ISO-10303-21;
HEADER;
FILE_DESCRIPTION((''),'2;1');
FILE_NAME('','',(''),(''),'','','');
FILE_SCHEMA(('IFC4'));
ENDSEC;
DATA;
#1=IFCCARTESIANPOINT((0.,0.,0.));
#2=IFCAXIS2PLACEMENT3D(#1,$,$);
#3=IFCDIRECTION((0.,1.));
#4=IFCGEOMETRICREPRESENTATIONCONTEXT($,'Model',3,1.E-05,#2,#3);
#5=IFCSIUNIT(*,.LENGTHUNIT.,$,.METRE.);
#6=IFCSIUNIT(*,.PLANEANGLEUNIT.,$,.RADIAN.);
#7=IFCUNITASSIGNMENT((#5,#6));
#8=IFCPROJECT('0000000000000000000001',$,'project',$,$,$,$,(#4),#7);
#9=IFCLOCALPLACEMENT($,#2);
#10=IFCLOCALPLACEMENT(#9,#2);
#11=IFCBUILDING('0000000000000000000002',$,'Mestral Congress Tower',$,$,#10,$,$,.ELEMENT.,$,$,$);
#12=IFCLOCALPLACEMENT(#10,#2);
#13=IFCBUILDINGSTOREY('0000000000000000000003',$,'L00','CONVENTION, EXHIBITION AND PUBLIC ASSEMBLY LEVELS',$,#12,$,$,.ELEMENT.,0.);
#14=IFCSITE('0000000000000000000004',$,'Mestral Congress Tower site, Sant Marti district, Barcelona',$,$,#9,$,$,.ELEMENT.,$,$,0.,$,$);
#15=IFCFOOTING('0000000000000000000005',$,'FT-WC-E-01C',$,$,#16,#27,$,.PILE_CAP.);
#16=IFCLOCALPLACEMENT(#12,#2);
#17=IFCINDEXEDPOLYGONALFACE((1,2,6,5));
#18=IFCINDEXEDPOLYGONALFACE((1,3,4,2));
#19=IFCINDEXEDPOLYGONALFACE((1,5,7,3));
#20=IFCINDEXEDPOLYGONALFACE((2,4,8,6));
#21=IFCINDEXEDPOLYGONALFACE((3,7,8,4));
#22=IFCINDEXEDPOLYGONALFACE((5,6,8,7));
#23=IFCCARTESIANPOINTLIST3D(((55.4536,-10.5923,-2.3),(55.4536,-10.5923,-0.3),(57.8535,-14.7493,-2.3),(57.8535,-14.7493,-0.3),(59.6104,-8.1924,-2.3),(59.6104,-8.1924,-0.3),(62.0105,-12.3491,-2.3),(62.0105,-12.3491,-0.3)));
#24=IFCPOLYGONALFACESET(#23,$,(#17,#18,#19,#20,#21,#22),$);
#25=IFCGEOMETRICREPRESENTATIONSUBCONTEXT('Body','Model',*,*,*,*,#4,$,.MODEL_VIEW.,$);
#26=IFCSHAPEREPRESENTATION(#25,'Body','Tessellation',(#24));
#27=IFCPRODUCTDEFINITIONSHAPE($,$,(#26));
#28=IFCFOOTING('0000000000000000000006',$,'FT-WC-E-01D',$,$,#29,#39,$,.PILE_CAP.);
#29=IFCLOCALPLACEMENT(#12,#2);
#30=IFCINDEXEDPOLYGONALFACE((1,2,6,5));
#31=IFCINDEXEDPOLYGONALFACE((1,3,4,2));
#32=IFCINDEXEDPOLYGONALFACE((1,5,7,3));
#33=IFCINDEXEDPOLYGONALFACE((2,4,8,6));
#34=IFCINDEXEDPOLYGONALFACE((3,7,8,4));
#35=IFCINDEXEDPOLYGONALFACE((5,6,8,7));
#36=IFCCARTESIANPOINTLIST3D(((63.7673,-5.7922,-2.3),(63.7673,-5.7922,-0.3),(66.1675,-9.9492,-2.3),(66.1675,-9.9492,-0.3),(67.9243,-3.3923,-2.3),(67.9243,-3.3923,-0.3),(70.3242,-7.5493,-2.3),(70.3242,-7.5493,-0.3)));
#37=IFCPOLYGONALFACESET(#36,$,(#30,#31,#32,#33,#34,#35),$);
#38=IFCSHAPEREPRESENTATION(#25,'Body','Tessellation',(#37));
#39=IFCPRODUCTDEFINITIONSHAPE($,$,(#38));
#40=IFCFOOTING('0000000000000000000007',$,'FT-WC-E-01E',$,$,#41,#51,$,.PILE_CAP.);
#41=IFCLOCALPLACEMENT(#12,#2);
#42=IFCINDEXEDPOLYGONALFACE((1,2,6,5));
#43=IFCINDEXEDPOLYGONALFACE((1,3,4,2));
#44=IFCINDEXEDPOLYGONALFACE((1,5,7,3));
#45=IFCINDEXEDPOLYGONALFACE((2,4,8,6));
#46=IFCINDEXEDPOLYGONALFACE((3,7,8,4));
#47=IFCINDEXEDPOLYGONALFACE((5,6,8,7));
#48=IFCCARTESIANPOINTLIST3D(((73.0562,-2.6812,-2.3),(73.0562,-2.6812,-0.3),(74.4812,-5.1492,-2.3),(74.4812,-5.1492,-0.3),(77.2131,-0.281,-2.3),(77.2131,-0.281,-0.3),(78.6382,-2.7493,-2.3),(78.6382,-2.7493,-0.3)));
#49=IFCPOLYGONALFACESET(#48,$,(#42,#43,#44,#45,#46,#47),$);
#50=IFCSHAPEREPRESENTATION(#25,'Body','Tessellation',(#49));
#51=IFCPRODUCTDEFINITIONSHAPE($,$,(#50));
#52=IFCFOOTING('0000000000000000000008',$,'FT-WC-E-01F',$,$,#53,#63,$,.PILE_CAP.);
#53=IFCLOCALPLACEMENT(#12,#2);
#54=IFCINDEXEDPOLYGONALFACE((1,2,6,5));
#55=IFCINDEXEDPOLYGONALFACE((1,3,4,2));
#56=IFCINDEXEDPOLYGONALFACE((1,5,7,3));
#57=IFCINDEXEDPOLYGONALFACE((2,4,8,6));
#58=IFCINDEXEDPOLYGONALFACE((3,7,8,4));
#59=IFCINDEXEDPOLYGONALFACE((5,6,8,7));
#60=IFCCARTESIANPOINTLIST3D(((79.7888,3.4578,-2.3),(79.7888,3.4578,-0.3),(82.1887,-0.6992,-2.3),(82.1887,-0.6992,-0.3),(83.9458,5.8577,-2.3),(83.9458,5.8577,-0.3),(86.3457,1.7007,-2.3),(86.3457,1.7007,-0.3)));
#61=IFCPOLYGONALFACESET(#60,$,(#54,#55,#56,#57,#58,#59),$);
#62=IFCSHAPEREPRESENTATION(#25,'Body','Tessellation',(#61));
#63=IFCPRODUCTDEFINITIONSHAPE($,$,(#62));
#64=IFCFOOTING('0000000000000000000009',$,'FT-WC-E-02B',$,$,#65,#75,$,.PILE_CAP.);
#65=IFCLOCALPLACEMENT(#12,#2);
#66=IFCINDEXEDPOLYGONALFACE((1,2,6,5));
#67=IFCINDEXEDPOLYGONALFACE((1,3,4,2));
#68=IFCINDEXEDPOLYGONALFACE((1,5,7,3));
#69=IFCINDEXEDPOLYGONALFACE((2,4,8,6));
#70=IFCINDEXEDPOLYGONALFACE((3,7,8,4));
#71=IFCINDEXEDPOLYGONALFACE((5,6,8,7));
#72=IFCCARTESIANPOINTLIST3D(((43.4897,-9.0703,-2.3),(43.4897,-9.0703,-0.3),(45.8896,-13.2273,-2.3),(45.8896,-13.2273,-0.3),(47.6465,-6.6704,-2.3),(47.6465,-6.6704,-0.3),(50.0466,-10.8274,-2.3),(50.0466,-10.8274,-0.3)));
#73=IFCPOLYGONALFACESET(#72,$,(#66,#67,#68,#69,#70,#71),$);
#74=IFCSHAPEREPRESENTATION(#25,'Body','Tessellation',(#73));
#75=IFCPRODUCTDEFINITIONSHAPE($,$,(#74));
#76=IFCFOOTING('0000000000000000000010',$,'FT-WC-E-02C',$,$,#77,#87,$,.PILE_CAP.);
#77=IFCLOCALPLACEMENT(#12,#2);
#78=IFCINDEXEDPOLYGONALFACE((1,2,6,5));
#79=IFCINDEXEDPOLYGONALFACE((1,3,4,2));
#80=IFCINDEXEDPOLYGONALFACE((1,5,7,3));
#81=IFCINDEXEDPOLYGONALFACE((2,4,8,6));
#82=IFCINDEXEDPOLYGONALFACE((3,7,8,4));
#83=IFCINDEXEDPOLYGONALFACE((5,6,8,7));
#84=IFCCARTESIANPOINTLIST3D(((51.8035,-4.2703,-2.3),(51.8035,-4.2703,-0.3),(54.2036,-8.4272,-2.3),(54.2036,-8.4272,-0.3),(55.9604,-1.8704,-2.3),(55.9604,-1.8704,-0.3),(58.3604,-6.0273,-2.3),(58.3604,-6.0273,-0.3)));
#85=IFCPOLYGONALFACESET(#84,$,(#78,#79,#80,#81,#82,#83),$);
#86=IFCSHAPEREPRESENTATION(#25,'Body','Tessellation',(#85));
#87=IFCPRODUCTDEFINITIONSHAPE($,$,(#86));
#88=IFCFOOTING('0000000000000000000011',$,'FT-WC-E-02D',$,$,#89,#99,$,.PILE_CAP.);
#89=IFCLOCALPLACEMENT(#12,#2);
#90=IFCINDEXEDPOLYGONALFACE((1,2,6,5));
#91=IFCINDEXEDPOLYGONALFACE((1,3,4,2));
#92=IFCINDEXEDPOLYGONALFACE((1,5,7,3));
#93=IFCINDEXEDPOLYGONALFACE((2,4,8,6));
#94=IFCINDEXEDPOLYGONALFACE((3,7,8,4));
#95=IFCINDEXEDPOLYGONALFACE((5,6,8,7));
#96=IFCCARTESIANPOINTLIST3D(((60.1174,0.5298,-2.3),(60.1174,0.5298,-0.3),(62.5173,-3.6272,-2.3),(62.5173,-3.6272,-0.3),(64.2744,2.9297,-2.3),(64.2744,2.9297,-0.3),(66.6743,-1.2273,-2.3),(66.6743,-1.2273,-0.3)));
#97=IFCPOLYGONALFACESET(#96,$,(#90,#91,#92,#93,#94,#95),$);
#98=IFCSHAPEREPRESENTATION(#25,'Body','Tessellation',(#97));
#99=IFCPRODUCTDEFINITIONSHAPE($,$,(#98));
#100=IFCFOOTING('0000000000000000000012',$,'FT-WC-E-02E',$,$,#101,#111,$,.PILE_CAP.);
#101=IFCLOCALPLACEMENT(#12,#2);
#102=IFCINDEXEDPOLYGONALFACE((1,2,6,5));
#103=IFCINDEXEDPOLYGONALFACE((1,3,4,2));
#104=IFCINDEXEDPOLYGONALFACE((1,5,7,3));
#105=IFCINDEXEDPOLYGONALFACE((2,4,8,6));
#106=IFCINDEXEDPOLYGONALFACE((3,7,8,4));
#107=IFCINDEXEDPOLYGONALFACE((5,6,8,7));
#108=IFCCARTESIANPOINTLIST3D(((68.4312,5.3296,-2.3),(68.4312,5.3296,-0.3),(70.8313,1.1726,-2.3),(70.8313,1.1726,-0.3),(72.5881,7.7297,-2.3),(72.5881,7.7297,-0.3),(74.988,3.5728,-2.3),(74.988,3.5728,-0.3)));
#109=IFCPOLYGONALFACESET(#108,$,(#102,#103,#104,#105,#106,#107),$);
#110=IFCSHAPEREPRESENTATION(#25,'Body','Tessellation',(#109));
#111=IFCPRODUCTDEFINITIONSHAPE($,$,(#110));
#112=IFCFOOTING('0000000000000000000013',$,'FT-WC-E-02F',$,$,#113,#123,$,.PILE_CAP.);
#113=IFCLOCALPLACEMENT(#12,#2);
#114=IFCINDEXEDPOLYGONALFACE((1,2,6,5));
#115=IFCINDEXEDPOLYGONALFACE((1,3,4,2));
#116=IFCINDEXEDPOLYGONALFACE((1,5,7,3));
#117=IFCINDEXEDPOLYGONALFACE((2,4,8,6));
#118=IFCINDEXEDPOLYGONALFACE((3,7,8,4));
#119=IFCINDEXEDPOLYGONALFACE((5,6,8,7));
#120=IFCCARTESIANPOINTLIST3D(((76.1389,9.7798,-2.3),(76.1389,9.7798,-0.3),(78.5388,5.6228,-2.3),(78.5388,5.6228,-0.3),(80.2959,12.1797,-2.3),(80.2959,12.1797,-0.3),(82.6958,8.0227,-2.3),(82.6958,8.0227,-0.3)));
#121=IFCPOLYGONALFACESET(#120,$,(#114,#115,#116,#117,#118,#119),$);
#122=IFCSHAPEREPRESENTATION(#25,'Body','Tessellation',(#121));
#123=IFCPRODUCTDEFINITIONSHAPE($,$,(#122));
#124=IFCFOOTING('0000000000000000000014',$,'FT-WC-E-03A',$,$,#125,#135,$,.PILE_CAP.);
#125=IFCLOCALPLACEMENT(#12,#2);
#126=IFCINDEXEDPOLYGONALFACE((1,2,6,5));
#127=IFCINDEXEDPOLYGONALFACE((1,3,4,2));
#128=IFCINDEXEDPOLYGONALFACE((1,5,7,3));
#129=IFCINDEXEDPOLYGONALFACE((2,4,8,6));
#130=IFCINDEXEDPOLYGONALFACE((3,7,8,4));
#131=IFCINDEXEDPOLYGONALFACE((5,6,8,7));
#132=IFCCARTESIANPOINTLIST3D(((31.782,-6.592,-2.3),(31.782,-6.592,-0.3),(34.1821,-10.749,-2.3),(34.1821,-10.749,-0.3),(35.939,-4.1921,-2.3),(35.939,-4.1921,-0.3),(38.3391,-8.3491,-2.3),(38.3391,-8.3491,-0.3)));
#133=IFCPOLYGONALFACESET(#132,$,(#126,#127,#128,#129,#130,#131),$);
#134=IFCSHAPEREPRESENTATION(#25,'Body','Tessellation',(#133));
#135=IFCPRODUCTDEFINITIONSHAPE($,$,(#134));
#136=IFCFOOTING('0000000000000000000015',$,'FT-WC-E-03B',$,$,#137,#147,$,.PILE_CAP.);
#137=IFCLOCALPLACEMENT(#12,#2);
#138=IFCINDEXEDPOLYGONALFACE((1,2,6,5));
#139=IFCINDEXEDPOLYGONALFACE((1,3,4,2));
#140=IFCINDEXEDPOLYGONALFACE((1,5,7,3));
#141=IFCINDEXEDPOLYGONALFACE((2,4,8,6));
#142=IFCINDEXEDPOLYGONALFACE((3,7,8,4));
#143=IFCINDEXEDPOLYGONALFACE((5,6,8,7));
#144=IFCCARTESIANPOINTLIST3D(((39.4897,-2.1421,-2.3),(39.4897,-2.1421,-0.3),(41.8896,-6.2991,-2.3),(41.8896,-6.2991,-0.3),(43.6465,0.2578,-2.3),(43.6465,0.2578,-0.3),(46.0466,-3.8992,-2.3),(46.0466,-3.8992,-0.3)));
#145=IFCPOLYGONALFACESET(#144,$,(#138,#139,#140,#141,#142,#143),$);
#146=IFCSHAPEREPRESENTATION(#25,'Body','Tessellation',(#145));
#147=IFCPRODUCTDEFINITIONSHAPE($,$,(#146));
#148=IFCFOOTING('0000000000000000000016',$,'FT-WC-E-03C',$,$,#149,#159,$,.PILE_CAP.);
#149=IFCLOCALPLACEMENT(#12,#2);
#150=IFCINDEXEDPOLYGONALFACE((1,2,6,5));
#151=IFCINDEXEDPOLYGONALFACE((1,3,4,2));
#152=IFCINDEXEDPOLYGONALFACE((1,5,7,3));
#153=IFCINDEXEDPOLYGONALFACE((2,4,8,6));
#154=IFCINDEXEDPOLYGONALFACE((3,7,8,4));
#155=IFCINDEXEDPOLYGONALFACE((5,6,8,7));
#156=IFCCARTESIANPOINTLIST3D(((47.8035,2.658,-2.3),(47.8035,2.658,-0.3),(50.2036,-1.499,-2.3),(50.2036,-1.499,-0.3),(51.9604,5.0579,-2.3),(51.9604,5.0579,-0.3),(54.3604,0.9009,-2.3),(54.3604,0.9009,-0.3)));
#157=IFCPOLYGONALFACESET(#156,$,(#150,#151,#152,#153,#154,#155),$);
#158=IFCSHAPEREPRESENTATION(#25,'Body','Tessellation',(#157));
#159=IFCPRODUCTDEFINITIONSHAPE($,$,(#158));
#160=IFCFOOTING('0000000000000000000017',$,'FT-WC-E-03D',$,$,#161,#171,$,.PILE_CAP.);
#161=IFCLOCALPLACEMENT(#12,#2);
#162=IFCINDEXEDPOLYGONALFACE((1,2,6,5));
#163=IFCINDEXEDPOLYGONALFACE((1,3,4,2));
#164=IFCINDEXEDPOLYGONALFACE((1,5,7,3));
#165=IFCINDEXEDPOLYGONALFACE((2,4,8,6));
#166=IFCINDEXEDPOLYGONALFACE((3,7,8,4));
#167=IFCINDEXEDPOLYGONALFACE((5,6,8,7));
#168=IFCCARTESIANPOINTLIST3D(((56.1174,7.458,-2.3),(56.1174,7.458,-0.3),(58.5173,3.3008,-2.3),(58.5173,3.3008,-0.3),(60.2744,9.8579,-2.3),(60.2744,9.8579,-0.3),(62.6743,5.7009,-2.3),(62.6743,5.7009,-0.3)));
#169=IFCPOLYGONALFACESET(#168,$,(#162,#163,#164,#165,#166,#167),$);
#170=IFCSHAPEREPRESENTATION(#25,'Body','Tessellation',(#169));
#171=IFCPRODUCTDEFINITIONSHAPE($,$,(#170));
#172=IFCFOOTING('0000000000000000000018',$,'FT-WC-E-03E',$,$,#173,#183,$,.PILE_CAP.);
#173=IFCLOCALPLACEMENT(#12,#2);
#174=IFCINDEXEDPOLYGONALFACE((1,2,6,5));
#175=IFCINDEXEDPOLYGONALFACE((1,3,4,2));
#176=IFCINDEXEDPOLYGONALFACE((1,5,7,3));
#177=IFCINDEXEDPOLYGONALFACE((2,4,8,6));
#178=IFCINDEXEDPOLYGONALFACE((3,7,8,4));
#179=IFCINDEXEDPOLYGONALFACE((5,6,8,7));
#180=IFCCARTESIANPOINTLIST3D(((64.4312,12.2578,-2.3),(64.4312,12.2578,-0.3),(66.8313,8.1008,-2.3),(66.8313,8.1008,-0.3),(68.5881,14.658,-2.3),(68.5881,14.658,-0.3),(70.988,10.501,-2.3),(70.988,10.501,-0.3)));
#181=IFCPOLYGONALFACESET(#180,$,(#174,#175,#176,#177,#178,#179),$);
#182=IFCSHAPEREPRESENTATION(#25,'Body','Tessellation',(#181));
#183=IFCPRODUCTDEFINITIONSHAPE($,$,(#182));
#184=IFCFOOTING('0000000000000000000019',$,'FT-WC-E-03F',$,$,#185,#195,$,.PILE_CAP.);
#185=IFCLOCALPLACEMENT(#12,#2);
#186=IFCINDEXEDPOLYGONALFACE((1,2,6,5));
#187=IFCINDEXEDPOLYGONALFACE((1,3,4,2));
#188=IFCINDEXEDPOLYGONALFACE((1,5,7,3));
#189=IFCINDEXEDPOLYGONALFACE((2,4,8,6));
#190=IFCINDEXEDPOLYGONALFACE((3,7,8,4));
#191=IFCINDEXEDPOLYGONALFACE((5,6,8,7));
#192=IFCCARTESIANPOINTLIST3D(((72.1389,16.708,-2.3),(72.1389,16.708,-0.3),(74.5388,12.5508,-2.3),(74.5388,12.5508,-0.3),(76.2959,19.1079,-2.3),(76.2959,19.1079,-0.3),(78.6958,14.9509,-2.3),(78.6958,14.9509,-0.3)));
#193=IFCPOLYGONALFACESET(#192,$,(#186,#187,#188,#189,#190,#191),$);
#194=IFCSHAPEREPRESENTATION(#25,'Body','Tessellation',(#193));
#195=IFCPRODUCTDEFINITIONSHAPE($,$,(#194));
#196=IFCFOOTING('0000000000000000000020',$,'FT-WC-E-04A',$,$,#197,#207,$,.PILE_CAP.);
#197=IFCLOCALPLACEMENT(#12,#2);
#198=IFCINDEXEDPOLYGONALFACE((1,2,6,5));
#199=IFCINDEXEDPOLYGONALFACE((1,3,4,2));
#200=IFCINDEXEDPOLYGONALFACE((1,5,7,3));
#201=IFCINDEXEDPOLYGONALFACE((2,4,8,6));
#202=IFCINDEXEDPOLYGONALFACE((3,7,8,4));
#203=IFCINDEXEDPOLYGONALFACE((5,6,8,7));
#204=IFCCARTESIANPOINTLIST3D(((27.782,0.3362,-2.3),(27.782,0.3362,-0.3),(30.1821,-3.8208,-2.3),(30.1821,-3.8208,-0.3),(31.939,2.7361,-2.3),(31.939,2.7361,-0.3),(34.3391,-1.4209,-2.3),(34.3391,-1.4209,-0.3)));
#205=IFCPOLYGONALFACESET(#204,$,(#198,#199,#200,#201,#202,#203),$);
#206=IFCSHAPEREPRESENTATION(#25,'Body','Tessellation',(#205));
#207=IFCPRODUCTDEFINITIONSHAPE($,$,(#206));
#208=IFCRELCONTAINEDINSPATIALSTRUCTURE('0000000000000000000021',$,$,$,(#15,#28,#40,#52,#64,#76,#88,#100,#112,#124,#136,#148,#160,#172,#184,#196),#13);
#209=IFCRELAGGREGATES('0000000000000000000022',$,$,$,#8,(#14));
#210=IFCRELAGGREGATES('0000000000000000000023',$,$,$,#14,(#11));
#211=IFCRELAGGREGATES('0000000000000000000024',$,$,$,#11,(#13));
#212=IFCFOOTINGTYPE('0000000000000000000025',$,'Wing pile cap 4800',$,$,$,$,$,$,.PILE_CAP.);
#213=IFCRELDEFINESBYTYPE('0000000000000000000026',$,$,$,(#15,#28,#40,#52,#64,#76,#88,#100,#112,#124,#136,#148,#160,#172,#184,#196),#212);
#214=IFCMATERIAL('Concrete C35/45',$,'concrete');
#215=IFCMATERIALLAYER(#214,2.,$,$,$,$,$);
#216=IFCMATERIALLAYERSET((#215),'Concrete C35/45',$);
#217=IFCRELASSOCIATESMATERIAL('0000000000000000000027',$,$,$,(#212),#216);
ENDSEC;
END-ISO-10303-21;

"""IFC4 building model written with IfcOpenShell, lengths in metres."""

from ifc_helpers import new_model, si_unit, direction, frame, origin, place, context, subcontext, project, spatial, polyline, outline, extrude, material, layer, layer_set, type_object, element, save


model = new_model("IFC4")

# Units and contexts
model_context = context("Model", 3, precision=1e-05, world=origin(), true_north=direction((0.0, 1.0)))
body_context = subcontext(model_context, "Body", "Model", "MODEL_VIEW")
ifc_project = project(units=[si_unit("LENGTHUNIT", "METRE"), si_unit("PLANEANGLEUNIT", "RADIAN")], contexts=[model_context])

# Site, building, storey
site_placement = place(None, origin())
site = spatial("IfcSite", under=ifc_project, at=site_placement, Name="Mestral Congress Tower site, Sant Marti district, Barcelona", CompositionType="ELEMENT", RefElevation=0.0)
building_placement = place(site_placement, origin())
building = spatial("IfcBuilding", under=site, at=building_placement, Name="Mestral Congress Tower", CompositionType="ELEMENT")
storey_placement = place(building_placement, origin())
storey = spatial("IfcBuildingStorey", under=building, at=storey_placement, Name="L00", Description="CONVENTION, EXHIBITION AND PUBLIC ASSEMBLY LEVELS", CompositionType="ELEMENT", Elevation=0.0)

# Footings
ifc_material = material(Name="Concrete C35/45", Category="concrete")
ifc_layer = layer(ifc_material, 2.0)
ifc_layer_set = layer_set([ifc_layer], Name="Concrete C35/45")
footing_type = type_object("IfcFootingType", Name="Wing pile cap 4800", PredefinedType="PILE_CAP", material=ifc_layer_set)
placement = place(storey_placement, frame((0.0, 0.0, -2.3)))
element("IfcFooting", 1, at=placement, inside=storey, type_object=footing_type, Name="FT-WC-E-01C", PredefinedType="PILE_CAP", context=body_context, shape_type="SweptSolid", body=[
    extrude(outline(polyline([(57.8535, -14.7493), (62.0105, -12.3491), (59.6104, -8.1924), (55.4536, -10.5923), (57.8535, -14.7493)])), origin(), (0.0, 0.0, 1.0), 2.0),
])
element("IfcFooting", 2, at=placement, inside=storey, type_object=footing_type, Name="FT-WC-E-01D", PredefinedType="PILE_CAP", context=body_context, shape_type="SweptSolid", body=[
    extrude(outline(polyline([(66.1675, -9.9492), (70.3242, -7.5493), (67.9243, -3.3923), (63.7673, -5.7922), (66.1675, -9.9492)])), origin(), (0.0, 0.0, 1.0), 2.0),
])
element("IfcFooting", 3, at=placement, inside=storey, type_object=footing_type, Name="FT-WC-E-01E", PredefinedType="PILE_CAP", context=body_context, shape_type="SweptSolid", body=[
    extrude(outline(polyline([(74.4812, -5.1492), (78.6382, -2.7493), (77.2131, -0.281), (73.0562, -2.6812), (74.4812, -5.1492)])), origin(), (0.0, 0.0, 1.0), 2.0),
])
element("IfcFooting", 4, at=placement, inside=storey, type_object=footing_type, Name="FT-WC-E-01F", PredefinedType="PILE_CAP", context=body_context, shape_type="SweptSolid", body=[
    extrude(outline(polyline([(82.1887, -0.6992), (86.3457, 1.7007), (83.9458, 5.8577), (79.7888, 3.4578), (82.1887, -0.6992)])), origin(), (0.0, 0.0, 1.0), 2.0),
])
element("IfcFooting", 5, at=placement, inside=storey, type_object=footing_type, Name="FT-WC-E-02B", PredefinedType="PILE_CAP", context=body_context, shape_type="SweptSolid", body=[
    extrude(outline(polyline([(45.8896, -13.2273), (50.0466, -10.8274), (47.6465, -6.6704), (43.4897, -9.0703), (45.8896, -13.2273)])), origin(), (0.0, 0.0, 1.0), 2.0),
])
element("IfcFooting", 6, at=placement, inside=storey, type_object=footing_type, Name="FT-WC-E-02C", PredefinedType="PILE_CAP", context=body_context, shape_type="SweptSolid", body=[
    extrude(outline(polyline([(54.2036, -8.4272), (58.3604, -6.0273), (55.9604, -1.8704), (51.8035, -4.2703), (54.2036, -8.4272)])), origin(), (0.0, 0.0, 1.0), 2.0),
])
element("IfcFooting", 7, at=placement, inside=storey, type_object=footing_type, Name="FT-WC-E-02D", PredefinedType="PILE_CAP", context=body_context, shape_type="SweptSolid", body=[
    extrude(outline(polyline([(62.5173, -3.6272), (66.6743, -1.2273), (64.2744, 2.9297), (60.1174, 0.5298), (62.5173, -3.6272)])), origin(), (0.0, 0.0, 1.0), 2.0),
])
element("IfcFooting", 8, at=placement, inside=storey, type_object=footing_type, Name="FT-WC-E-02E", PredefinedType="PILE_CAP", context=body_context, shape_type="SweptSolid", body=[
    extrude(outline(polyline([(70.8313, 1.1726), (74.988, 3.5728), (72.5881, 7.7297), (68.4312, 5.3296), (70.8313, 1.1726)])), origin(), (0.0, 0.0, 1.0), 2.0),
])
element("IfcFooting", 9, at=placement, inside=storey, type_object=footing_type, Name="FT-WC-E-02F", PredefinedType="PILE_CAP", context=body_context, shape_type="SweptSolid", body=[
    extrude(outline(polyline([(78.5388, 5.6228), (82.6958, 8.0227), (80.2959, 12.1797), (76.1389, 9.7798), (78.5388, 5.6228)])), origin(), (0.0, 0.0, 1.0), 2.0),
])
element("IfcFooting", 10, at=placement, inside=storey, type_object=footing_type, Name="FT-WC-E-03A", PredefinedType="PILE_CAP", context=body_context, shape_type="SweptSolid", body=[
    extrude(outline(polyline([(34.1821, -10.749), (38.3391, -8.3491), (35.939, -4.1921), (31.782, -6.592), (34.1821, -10.749)])), origin(), (0.0, 0.0, 1.0), 2.0),
])
element("IfcFooting", 11, at=placement, inside=storey, type_object=footing_type, Name="FT-WC-E-03B", PredefinedType="PILE_CAP", context=body_context, shape_type="SweptSolid", body=[
    extrude(outline(polyline([(41.8896, -6.2991), (46.0466, -3.8992), (43.6465, 0.2578), (39.4897, -2.1421), (41.8896, -6.2991)])), origin(), (0.0, 0.0, 1.0), 2.0),
])
element("IfcFooting", 12, at=placement, inside=storey, type_object=footing_type, Name="FT-WC-E-03C", PredefinedType="PILE_CAP", context=body_context, shape_type="SweptSolid", body=[
    extrude(outline(polyline([(50.2036, -1.499), (54.3604, 0.9009), (51.9604, 5.0579), (47.8035, 2.658), (50.2036, -1.499)])), origin(), (0.0, 0.0, 1.0), 2.0),
])
element("IfcFooting", 13, at=placement, inside=storey, type_object=footing_type, Name="FT-WC-E-03D", PredefinedType="PILE_CAP", context=body_context, shape_type="SweptSolid", body=[
    extrude(outline(polyline([(58.5173, 3.3008), (62.6743, 5.7009), (60.2744, 9.8579), (56.1174, 7.458), (58.5173, 3.3008)])), origin(), (0.0, 0.0, 1.0), 2.0),
])
element("IfcFooting", 14, at=placement, inside=storey, type_object=footing_type, Name="FT-WC-E-03E", PredefinedType="PILE_CAP", context=body_context, shape_type="SweptSolid", body=[
    extrude(outline(polyline([(66.8313, 8.1008), (70.988, 10.501), (68.5881, 14.658), (64.4312, 12.2578), (66.8313, 8.1008)])), origin(), (0.0, 0.0, 1.0), 2.0),
])
element("IfcFooting", 15, at=placement, inside=storey, type_object=footing_type, Name="FT-WC-E-03F", PredefinedType="PILE_CAP", context=body_context, shape_type="SweptSolid", body=[
    extrude(outline(polyline([(74.5388, 12.5508), (78.6958, 14.9509), (76.2959, 19.1079), (72.1389, 16.708), (74.5388, 12.5508)])), origin(), (0.0, 0.0, 1.0), 2.0),
])
element("IfcFooting", 16, at=placement, inside=storey, type_object=footing_type, Name="FT-WC-E-04A", PredefinedType="PILE_CAP", context=body_context, shape_type="SweptSolid", body=[
    extrude(outline(polyline([(30.1821, -3.8208), (34.3391, -1.4209), (31.939, 2.7361), (27.782, 0.3362), (30.1821, -3.8208)])), origin(), (0.0, 0.0, 1.0), 2.0),
])

save(model, "model.ifc")
